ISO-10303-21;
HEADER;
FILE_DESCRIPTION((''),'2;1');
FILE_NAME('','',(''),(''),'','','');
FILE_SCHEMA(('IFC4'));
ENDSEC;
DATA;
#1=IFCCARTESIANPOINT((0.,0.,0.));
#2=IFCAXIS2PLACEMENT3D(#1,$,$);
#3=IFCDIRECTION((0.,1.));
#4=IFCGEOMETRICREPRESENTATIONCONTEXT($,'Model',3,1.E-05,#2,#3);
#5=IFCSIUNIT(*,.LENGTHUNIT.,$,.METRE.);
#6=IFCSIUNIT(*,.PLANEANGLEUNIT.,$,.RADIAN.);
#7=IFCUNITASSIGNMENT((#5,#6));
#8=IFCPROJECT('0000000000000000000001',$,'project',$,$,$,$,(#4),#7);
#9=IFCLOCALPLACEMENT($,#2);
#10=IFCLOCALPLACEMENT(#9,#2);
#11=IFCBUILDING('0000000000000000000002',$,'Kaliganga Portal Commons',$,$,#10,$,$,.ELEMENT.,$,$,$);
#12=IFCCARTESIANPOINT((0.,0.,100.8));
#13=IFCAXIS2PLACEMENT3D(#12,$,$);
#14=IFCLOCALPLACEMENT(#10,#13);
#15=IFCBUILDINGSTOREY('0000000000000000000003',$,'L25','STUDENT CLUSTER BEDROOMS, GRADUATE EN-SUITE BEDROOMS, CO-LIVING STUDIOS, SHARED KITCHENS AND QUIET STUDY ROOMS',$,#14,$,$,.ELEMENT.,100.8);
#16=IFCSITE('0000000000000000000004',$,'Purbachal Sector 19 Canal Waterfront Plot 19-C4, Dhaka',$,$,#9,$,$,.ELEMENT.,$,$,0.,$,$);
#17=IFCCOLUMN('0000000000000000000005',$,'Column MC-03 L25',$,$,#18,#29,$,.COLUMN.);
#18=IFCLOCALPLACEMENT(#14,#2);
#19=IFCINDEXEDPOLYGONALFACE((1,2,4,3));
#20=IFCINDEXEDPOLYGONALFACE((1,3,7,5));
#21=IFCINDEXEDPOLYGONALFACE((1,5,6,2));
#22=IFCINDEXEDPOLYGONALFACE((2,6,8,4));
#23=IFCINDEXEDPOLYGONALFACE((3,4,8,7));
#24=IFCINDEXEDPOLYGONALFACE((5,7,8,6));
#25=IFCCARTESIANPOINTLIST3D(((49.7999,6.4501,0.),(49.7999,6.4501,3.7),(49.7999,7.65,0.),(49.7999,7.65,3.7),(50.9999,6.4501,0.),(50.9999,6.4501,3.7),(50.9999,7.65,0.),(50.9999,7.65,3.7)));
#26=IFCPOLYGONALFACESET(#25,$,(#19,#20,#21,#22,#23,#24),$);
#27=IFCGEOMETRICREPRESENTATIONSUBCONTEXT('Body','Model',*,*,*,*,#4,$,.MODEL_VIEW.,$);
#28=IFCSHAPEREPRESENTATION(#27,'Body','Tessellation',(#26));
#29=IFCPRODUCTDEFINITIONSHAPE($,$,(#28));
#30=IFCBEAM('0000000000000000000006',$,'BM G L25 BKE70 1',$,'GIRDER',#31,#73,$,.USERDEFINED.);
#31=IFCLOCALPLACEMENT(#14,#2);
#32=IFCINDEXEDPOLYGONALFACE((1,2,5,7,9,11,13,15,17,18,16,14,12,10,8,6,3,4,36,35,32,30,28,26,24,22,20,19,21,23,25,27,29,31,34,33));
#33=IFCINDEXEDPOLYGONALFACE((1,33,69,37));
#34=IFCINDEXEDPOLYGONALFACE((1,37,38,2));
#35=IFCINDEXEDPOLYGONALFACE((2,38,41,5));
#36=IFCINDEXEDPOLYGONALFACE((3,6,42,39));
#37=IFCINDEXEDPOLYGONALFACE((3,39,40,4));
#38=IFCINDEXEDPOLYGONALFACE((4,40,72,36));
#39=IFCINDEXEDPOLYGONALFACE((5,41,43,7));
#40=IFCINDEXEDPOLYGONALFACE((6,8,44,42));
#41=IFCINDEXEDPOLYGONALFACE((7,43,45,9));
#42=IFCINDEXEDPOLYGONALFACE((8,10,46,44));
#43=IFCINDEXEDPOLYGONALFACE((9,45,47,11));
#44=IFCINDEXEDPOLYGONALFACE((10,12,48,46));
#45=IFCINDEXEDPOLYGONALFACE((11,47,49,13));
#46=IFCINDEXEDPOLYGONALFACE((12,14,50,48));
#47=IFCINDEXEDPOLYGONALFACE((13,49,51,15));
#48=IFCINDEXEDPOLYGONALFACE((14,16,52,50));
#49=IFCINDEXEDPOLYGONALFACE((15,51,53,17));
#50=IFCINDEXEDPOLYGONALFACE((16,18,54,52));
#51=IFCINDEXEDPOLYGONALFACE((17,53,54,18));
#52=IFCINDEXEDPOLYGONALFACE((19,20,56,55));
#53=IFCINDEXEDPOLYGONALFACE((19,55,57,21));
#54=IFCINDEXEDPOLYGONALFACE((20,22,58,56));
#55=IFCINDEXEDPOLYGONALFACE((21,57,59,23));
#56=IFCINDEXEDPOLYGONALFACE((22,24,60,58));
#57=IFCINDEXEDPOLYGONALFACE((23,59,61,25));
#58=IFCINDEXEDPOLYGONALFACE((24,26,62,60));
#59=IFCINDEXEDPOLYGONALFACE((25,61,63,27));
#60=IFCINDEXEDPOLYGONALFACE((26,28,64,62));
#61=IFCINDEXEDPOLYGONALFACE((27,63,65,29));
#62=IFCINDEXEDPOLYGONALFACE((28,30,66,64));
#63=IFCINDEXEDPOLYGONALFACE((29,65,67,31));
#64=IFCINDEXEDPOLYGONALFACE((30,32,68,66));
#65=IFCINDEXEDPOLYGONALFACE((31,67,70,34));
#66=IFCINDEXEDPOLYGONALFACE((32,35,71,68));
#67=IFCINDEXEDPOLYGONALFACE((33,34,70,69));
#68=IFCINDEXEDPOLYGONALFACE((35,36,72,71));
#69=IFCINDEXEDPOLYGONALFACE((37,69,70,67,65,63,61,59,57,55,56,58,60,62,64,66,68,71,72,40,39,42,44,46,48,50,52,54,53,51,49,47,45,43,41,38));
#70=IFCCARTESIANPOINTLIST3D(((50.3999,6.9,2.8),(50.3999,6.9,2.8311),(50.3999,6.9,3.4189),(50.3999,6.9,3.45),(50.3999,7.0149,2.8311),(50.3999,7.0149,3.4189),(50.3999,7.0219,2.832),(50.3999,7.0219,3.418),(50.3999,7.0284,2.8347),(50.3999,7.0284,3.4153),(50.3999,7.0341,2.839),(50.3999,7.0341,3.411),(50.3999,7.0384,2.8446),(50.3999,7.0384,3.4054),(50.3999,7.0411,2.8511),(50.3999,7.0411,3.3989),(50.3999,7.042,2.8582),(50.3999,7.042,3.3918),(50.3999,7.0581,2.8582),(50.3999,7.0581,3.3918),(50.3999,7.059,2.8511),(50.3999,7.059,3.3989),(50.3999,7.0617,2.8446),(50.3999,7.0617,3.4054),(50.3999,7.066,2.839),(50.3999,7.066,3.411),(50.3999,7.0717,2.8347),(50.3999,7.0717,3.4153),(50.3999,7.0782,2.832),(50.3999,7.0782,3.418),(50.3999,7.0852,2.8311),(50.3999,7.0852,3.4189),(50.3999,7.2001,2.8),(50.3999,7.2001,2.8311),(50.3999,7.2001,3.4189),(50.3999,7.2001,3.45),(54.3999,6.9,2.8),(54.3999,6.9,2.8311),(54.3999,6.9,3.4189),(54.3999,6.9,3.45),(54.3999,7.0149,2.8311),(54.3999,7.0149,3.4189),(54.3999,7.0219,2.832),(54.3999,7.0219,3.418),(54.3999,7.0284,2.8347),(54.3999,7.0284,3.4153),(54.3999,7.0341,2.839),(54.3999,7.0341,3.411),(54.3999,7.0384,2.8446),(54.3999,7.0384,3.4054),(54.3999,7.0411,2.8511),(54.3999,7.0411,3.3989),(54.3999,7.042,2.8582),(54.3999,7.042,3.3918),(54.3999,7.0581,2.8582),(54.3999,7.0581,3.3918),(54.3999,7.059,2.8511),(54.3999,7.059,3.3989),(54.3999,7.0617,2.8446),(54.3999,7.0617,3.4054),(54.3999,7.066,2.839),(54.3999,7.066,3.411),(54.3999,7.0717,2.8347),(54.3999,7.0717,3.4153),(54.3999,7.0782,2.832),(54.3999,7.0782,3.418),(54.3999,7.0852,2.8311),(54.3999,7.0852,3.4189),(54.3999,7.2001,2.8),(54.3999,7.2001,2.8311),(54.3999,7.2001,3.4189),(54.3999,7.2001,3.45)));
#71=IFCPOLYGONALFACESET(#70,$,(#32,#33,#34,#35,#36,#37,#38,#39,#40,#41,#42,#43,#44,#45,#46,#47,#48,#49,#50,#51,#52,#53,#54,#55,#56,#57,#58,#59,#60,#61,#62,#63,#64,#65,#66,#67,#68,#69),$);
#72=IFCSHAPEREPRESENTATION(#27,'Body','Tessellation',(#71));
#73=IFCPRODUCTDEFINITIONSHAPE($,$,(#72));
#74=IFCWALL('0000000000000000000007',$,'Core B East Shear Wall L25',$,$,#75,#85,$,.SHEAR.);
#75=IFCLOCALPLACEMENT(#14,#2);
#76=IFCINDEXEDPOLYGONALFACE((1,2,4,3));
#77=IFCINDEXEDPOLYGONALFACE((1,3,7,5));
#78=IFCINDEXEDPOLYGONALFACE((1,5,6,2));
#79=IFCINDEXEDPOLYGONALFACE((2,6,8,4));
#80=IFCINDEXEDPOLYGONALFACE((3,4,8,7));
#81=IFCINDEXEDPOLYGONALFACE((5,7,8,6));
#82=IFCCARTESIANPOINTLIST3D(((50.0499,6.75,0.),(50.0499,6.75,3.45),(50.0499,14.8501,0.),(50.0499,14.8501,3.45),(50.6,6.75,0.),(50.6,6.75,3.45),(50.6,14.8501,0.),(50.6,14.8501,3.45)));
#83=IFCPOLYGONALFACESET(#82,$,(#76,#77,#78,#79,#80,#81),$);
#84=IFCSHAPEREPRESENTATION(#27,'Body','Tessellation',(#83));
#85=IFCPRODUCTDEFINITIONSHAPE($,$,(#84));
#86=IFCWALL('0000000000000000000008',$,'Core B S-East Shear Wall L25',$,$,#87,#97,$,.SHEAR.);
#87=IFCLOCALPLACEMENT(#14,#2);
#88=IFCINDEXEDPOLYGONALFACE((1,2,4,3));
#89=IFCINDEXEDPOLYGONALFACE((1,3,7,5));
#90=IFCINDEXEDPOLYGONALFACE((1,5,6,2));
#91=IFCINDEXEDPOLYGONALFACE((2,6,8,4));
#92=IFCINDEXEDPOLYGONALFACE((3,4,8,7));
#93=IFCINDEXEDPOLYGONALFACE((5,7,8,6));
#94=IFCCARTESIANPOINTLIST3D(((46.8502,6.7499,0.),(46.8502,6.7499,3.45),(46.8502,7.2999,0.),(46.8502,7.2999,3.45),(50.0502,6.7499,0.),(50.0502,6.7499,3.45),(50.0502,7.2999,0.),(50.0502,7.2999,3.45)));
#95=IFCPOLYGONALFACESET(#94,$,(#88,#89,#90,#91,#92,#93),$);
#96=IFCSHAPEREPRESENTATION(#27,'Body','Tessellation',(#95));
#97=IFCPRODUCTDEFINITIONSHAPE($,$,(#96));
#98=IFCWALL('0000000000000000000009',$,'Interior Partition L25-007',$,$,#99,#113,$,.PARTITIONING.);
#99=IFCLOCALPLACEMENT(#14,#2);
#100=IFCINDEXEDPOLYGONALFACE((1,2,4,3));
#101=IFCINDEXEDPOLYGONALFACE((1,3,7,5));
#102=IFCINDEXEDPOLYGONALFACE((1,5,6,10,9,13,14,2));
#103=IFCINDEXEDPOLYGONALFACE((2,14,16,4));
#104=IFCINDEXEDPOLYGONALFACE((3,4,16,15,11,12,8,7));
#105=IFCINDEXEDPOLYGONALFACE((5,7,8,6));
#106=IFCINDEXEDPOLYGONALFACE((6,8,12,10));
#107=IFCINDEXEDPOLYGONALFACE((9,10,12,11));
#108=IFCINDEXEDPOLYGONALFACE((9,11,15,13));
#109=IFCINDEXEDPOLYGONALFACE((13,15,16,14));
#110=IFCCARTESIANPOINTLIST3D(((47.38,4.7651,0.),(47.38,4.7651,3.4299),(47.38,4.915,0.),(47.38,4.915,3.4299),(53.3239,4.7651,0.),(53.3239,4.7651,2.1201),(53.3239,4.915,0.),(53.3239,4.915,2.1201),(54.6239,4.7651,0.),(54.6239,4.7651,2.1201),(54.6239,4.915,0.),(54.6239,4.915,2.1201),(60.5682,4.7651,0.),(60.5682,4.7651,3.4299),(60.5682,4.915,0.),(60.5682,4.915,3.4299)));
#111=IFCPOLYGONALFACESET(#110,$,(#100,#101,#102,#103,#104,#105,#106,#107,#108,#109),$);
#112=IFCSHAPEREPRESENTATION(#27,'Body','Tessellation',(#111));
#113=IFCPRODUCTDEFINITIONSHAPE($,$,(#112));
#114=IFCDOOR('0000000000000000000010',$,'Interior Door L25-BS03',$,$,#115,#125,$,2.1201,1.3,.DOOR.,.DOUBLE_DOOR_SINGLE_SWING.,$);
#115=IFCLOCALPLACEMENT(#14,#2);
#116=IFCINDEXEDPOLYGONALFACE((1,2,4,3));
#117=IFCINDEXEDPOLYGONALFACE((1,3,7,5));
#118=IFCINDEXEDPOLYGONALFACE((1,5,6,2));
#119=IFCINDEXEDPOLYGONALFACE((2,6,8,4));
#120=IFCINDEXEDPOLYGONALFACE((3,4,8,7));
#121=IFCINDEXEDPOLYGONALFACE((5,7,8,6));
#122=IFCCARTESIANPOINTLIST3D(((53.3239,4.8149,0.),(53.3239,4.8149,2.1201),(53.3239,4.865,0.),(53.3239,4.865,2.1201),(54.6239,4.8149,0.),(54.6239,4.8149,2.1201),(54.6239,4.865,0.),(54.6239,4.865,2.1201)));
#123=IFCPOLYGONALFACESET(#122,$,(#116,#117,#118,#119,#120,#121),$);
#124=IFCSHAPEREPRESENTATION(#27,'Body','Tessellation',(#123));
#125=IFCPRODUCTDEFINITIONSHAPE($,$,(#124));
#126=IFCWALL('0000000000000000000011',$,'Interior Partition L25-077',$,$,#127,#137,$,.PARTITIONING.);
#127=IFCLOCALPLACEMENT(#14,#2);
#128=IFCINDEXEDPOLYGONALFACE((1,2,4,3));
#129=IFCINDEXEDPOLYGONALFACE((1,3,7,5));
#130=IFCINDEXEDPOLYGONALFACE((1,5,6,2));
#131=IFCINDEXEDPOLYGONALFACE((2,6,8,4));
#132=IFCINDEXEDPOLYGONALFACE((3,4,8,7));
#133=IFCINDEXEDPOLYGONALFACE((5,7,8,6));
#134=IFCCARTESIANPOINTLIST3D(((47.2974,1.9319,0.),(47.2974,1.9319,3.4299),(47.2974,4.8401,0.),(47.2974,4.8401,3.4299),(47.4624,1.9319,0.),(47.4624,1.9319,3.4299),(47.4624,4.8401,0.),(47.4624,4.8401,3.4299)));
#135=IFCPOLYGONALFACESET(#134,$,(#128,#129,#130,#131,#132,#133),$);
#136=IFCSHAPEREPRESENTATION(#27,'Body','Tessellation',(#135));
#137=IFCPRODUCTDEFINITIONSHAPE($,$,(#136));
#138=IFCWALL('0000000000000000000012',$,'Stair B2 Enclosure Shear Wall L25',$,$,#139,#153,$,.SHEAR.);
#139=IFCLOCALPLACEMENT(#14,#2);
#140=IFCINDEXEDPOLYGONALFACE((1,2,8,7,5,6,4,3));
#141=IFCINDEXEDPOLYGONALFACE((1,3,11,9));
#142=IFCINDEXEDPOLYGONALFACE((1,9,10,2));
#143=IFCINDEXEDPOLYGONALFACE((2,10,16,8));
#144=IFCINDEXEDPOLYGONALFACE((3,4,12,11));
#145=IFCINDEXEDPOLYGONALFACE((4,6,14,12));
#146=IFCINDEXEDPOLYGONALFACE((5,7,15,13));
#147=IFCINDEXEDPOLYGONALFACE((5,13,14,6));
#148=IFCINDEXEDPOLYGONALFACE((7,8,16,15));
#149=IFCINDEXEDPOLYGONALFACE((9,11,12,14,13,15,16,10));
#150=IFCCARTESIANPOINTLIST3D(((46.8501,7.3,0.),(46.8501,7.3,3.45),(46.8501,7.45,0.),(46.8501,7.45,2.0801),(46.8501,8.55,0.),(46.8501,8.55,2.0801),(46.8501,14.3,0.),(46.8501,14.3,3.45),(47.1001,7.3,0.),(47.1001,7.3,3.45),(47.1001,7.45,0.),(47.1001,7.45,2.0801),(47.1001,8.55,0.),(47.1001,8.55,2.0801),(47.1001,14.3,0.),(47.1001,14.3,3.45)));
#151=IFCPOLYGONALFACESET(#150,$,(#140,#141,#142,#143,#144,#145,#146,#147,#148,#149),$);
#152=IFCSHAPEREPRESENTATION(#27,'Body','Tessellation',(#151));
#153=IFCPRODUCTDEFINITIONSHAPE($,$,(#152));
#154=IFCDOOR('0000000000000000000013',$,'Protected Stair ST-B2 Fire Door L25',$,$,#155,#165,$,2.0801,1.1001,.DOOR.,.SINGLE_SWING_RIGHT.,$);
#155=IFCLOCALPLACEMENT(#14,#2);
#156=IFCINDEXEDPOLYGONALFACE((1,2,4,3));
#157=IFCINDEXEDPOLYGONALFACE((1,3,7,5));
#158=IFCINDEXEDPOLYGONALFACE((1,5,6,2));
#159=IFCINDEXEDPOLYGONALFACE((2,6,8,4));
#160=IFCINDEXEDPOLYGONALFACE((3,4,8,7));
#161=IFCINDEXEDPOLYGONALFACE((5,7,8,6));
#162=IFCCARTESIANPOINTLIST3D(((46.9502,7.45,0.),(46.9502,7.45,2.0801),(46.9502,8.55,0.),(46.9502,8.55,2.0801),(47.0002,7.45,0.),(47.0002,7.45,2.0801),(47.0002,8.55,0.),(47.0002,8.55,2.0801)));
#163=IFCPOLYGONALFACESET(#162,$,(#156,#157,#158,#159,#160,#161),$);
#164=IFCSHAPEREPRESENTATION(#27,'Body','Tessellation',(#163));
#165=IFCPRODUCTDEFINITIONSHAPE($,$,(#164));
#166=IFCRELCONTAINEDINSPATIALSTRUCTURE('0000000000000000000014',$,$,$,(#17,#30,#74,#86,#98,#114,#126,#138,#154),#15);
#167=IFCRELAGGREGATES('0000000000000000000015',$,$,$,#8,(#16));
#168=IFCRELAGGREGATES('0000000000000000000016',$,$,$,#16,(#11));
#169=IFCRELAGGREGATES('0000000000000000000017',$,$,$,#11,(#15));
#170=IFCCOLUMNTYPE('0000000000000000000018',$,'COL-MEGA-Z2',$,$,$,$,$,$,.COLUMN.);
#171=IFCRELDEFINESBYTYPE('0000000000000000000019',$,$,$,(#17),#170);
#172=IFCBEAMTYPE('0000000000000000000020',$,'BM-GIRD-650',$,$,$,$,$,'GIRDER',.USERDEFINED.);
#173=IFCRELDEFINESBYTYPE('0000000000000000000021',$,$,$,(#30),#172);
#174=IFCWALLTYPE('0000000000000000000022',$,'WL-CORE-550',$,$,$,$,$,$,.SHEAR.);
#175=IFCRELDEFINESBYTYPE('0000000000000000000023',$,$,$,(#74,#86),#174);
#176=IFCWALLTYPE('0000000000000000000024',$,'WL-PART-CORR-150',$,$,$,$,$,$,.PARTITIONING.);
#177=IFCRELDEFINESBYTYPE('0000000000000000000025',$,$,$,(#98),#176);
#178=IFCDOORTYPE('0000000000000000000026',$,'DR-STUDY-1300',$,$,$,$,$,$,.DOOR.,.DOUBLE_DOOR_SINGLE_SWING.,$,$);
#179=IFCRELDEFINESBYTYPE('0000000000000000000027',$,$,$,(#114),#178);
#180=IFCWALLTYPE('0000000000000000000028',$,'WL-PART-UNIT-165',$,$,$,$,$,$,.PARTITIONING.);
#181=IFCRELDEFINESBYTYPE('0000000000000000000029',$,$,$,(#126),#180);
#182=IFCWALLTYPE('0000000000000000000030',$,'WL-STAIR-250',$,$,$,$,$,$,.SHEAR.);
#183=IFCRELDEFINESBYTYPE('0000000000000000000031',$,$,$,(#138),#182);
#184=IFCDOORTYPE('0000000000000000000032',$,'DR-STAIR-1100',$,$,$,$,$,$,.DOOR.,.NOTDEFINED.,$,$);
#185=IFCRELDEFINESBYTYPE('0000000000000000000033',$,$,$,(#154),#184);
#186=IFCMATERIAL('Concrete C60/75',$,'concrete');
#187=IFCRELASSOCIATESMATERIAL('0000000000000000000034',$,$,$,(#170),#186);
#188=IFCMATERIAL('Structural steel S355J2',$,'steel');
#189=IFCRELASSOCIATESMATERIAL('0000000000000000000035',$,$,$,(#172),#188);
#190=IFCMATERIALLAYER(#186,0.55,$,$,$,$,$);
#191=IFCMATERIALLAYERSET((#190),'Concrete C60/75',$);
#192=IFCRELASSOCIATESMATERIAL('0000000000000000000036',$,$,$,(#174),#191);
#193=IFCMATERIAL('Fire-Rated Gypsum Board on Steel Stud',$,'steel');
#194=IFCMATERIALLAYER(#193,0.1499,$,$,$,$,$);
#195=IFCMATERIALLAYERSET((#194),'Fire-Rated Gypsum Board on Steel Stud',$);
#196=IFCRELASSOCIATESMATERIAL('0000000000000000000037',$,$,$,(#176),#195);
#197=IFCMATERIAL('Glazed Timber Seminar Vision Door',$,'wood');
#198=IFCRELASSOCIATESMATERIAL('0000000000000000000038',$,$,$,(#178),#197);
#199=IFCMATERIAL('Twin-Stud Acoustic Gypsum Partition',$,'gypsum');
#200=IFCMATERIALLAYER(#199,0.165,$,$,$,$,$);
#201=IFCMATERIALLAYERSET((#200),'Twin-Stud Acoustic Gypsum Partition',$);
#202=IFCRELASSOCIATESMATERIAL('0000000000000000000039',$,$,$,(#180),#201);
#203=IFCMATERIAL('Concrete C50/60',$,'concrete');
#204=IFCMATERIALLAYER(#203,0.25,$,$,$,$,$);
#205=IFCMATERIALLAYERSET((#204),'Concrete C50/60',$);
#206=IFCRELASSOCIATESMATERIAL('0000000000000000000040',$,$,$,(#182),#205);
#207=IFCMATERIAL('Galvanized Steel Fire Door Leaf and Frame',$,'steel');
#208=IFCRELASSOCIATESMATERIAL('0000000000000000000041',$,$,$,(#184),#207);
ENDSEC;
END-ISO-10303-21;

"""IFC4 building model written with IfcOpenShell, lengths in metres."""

from ifc_helpers import new_model, si_unit, direction, frame, frame_2d, origin, origin_2d, place, context, subcontext, project, spatial, rectangle, i_section, extrude, source, transform, mapped, material, layer, layer_set, material_profile, profile_set, type_object, element, fill, save


model = new_model("IFC4")

# Units and contexts
model_context = context("Model", 3, precision=1e-05, world=origin(), true_north=direction((0.0, 1.0)))
body_context = subcontext(model_context, "Body", "Model", "MODEL_VIEW")
ifc_project = project(units=[si_unit("LENGTHUNIT", "METRE"), si_unit("PLANEANGLEUNIT", "RADIAN")], contexts=[model_context])

# Site, building, storey
site_placement = place(None, origin())
site = spatial("IfcSite", under=ifc_project, at=site_placement, Name="Purbachal Sector 19 Canal Waterfront Plot 19-C4, Dhaka", CompositionType="ELEMENT", RefElevation=0.0)
building_placement = place(site_placement, origin())
building = spatial("IfcBuilding", under=site, at=building_placement, Name="Kaliganga Portal Commons", CompositionType="ELEMENT")
storey_placement = place(building_placement, frame((0.0, 0.0, 100.8)))
storey = spatial("IfcBuildingStorey", under=building, at=storey_placement, Name="L25", Description="STUDENT CLUSTER BEDROOMS, GRADUATE EN-SUITE BEDROOMS, CO-LIVING STUDIOS, SHARED KITCHENS AND QUIET STUDY ROOMS", CompositionType="ELEMENT", Elevation=100.8)

# Column
ifc_material_1 = material(Name="Concrete C60/75", Category="concrete")
ifc_material_profile_1 = material_profile(ifc_material_1, rectangle(XDim=1.2, YDim=1.2, at=origin_2d()), Name="RC 1200x1200")
ifc_profile_set_1 = profile_set([ifc_material_profile_1], Name="Concrete C60/75")
column_type = type_object("IfcColumnType", Name="COL-MEGA-Z2", PredefinedType="COLUMN", material=ifc_profile_set_1)
shared_shape_1 = source(origin(), body_context, "Body", "SweptSolid", [
    extrude(rectangle(XDim=1.2, YDim=1.2, at=origin_2d()), origin(), (0.0, 0.0, 1.0), 3.7),
])
column_placement = place(storey_placement, frame((50.3999, 7.05, 0.0), z_axis=(0.0, 0.0, 1.0), x_axis=(1.0, 0.0, 0.0)))
element("IfcColumn", 1, at=column_placement, inside=storey, type_object=column_type, Name="Column MC-03 L25", PredefinedType="COLUMN", context=body_context, shape_type="MappedRepresentation", body=[
    mapped(shared_shape_1, transform((0.0, 0.0, 0.0), x_axis=(1.0, 0.0, 0.0), y_axis=(0.0, 1.0, 0.0), z_axis=(0.0, 0.0, 1.0), scale=1.0)),
])

# Beam
ifc_material_2 = material(Name="Structural steel S355J2", Category="steel")
ifc_material_profile_2 = material_profile(ifc_material_2, i_section(OverallWidth=0.3, OverallDepth=0.6499, WebThickness=0.0161, FlangeThickness=0.031, FilletRadius=0.0271, at=origin_2d()), Name="HE 650 B")
ifc_profile_set_2 = profile_set([ifc_material_profile_2], Name="Structural steel S355J2 wide-flange")
beam_type = type_object("IfcBeamType", Name="BM-GIRD-650", ElementType="GIRDER", PredefinedType="USERDEFINED", material=ifc_profile_set_2)
shared_shape_2 = source(origin(), body_context, "Body", "SweptSolid", [
    extrude(i_section(OverallWidth=0.3, OverallDepth=0.6499, WebThickness=0.0161, FlangeThickness=0.031, FilletRadius=0.0271, at=origin_2d()), origin(), (0.0, 0.0, 1.0), 4.0),
])
beam_placement = place(storey_placement, frame((50.3999, 7.05, 3.125), z_axis=(1.0, 0.0, 0.0), x_axis=(0.0, 1.0, 0.0)))
element("IfcBeam", 2, at=beam_placement, inside=storey, type_object=beam_type, Name="BM G L25 BKE70 1", ObjectType="GIRDER", PredefinedType="USERDEFINED", context=body_context, shape_type="MappedRepresentation", body=[
    mapped(shared_shape_2, transform((0.0, 0.0, 0.0), x_axis=(1.0, 0.0, 0.0), y_axis=(0.0, 1.0, 0.0), z_axis=(0.0, 0.0, 1.0), scale=1.0)),
])

# Walls
ifc_layer_1 = layer(ifc_material_1, 0.55)
ifc_layer_set_1 = layer_set([ifc_layer_1], Name="Concrete C60/75")
wall_type_1 = type_object("IfcWallType", Name="WL-CORE-550", PredefinedType="SHEAR", material=ifc_layer_set_1)
wall_1_placement = place(storey_placement, frame((50.325, 6.75, 0.0), z_axis=(0.0, 0.0, 1.0), x_axis=(0.0, 1.0, 0.0)))
element("IfcWall", 3, at=wall_1_placement, inside=storey, type_object=wall_type_1, Name="Core B East Shear Wall L25", PredefinedType="SHEAR", context=body_context, shape_type="SweptSolid", body=[
    extrude(rectangle(XDim=8.1001, YDim=0.55, at=frame_2d((4.05, 0.0))), origin(), (0.0, 0.0, 1.0), 3.45),
])
wall_2_placement = place(storey_placement, frame((46.8501, 7.0249, 0.0), z_axis=(0.0, 0.0, 1.0), x_axis=(1.0, 0.0, 0.0)))
element("IfcWall", 4, at=wall_2_placement, inside=storey, type_object=wall_type_1, Name="Core B S-East Shear Wall L25", PredefinedType="SHEAR", context=body_context, shape_type="SweptSolid", body=[
    extrude(rectangle(XDim=3.2, YDim=0.55, at=frame_2d((1.6001, 0.0))), origin(), (0.0, 0.0, 1.0), 3.45),
])

# Wall, opening, door
ifc_material_3 = material(Name="Fire-Rated Gypsum Board on Steel Stud", Category="steel")
ifc_layer_2 = layer(ifc_material_3, 0.1499)
ifc_layer_set_2 = layer_set([ifc_layer_2], Name="Fire-Rated Gypsum Board on Steel Stud")
wall_type_2 = type_object("IfcWallType", Name="WL-PART-CORR-150", PredefinedType="PARTITIONING", material=ifc_layer_set_2)
wall_3_placement = place(storey_placement, frame((47.3799, 4.8401, 0.0), z_axis=(0.0, 0.0, 1.0), x_axis=(1.0, 0.0, 0.0)))
wall_3 = element("IfcWall", 5, at=wall_3_placement, inside=storey, type_object=wall_type_2, Name="Interior Partition L25-007", PredefinedType="PARTITIONING", context=body_context, shape_type="SweptSolid", body=[
    extrude(rectangle(XDim=13.1882, YDim=0.1499, at=frame_2d((6.5942, 0.0))), origin(), (0.0, 0.0, 1.0), 3.4299),
])
opening_1_placement = place(wall_3_placement, frame((5.9441, 0.0, 0.0)))
opening_1 = element("IfcOpeningElement", 6, at=opening_1_placement, cuts=wall_3, PredefinedType="OPENING", context=body_context, shape_type="SweptSolid", body=[
    extrude(rectangle(XDim=1.3, YDim=2.1201, at=frame_2d((0.6499, 1.0601))), frame((0.0, 0.085, 0.0), z_axis=(0.0, -1.0, 0.0), x_axis=(1.0, 0.0, 0.0)), (0.0, 0.0, 1.0), 0.1699),
])
ifc_material_4 = material(Name="Glazed Timber Seminar Vision Door", Category="wood")
door_type_1 = type_object("IfcDoorType", Name="DR-STUDY-1300", OperationType="DOUBLE_DOOR_SINGLE_SWING", PredefinedType="DOOR", material=ifc_material_4)
door_1_placement = place(opening_1_placement, origin())
door_1 = element("IfcDoor", 7, at=door_1_placement, inside=storey, type_object=door_type_1, Name="Interior Door L25-BS03", OperationType="DOUBLE_DOOR_SINGLE_SWING", OverallHeight=2.1201, OverallWidth=1.3, PredefinedType="DOOR", context=body_context, shape_type="SweptSolid", body=[
    extrude(rectangle(XDim=1.3, YDim=2.1201, at=frame_2d((0.6499, 1.0601))), frame((0.0, 0.0249, 0.0), z_axis=(0.0, -1.0, 0.0), x_axis=(1.0, 0.0, 0.0)), (0.0, 0.0, 1.0), 0.05),
])
fill(opening_1, door_1)

# Wall
ifc_material_5 = material(Name="Twin-Stud Acoustic Gypsum Partition", Category="gypsum")
ifc_layer_3 = layer(ifc_material_5, 0.165)
ifc_layer_set_3 = layer_set([ifc_layer_3], Name="Twin-Stud Acoustic Gypsum Partition")
wall_type_3 = type_object("IfcWallType", Name="WL-PART-UNIT-165", PredefinedType="PARTITIONING", material=ifc_layer_set_3)
wall_4_placement = place(storey_placement, frame((47.3799, 1.9319, 0.0), z_axis=(0.0, 0.0, 1.0), x_axis=(0.0, 1.0, 0.0)))
element("IfcWall", 8, at=wall_4_placement, inside=storey, type_object=wall_type_3, Name="Interior Partition L25-077", PredefinedType="PARTITIONING", context=body_context, shape_type="SweptSolid", body=[
    extrude(rectangle(XDim=2.9082, YDim=0.165, at=frame_2d((1.4541, 0.0))), origin(), (0.0, 0.0, 1.0), 3.4299),
])

# Wall, opening, door
ifc_material_6 = material(Name="Concrete C50/60", Category="concrete")
ifc_layer_4 = layer(ifc_material_6, 0.25)
ifc_layer_set_4 = layer_set([ifc_layer_4], Name="Concrete C50/60")
wall_type_4 = type_object("IfcWallType", Name="WL-STAIR-250", PredefinedType="SHEAR", material=ifc_layer_set_4)
wall_5_placement = place(storey_placement, frame((46.9751, 7.3, 0.0), z_axis=(0.0, 0.0, 1.0), x_axis=(0.0, 1.0, 0.0)))
wall_5 = element("IfcWall", 9, at=wall_5_placement, inside=storey, type_object=wall_type_4, Name="Stair B2 Enclosure Shear Wall L25", PredefinedType="SHEAR", context=body_context, shape_type="SweptSolid", body=[
    extrude(rectangle(XDim=7.0, YDim=0.25, at=frame_2d((3.5, 0.0))), origin(), (0.0, 0.0, 1.0), 3.45),
])
opening_2_placement = place(wall_5_placement, frame((0.1499, 0.0, 0.0)))
opening_2 = element("IfcOpeningElement", 10, at=opening_2_placement, cuts=wall_5, PredefinedType="OPENING", context=body_context, shape_type="SweptSolid", body=[
    extrude(rectangle(XDim=1.1001, YDim=2.0801, at=frame_2d((0.55, 1.04))), frame((0.0, 0.135, 0.0), z_axis=(0.0, -1.0, 0.0), x_axis=(1.0, 0.0, 0.0)), (0.0, 0.0, 1.0), 0.27),
])
ifc_material_7 = material(Name="Galvanized Steel Fire Door Leaf and Frame", Category="steel")
door_type_2 = type_object("IfcDoorType", Name="DR-STAIR-1100", OperationType="NOTDEFINED", PredefinedType="DOOR", material=ifc_material_7)
door_2_placement = place(opening_2_placement, origin())
door_2 = element("IfcDoor", 11, at=door_2_placement, inside=storey, type_object=door_type_2, Name="Protected Stair ST-B2 Fire Door L25", OperationType="SINGLE_SWING_RIGHT", OverallHeight=2.0801, OverallWidth=1.1001, PredefinedType="DOOR", context=body_context, shape_type="SweptSolid", body=[
    extrude(rectangle(XDim=1.1001, YDim=2.0801, at=frame_2d((0.55, 1.04))), frame((0.0, 0.0249, 0.0), z_axis=(0.0, -1.0, 0.0), x_axis=(1.0, 0.0, 0.0)), (0.0, 0.0, 1.0), 0.05),
])
fill(opening_2, door_2)

save(model, "model.ifc")
